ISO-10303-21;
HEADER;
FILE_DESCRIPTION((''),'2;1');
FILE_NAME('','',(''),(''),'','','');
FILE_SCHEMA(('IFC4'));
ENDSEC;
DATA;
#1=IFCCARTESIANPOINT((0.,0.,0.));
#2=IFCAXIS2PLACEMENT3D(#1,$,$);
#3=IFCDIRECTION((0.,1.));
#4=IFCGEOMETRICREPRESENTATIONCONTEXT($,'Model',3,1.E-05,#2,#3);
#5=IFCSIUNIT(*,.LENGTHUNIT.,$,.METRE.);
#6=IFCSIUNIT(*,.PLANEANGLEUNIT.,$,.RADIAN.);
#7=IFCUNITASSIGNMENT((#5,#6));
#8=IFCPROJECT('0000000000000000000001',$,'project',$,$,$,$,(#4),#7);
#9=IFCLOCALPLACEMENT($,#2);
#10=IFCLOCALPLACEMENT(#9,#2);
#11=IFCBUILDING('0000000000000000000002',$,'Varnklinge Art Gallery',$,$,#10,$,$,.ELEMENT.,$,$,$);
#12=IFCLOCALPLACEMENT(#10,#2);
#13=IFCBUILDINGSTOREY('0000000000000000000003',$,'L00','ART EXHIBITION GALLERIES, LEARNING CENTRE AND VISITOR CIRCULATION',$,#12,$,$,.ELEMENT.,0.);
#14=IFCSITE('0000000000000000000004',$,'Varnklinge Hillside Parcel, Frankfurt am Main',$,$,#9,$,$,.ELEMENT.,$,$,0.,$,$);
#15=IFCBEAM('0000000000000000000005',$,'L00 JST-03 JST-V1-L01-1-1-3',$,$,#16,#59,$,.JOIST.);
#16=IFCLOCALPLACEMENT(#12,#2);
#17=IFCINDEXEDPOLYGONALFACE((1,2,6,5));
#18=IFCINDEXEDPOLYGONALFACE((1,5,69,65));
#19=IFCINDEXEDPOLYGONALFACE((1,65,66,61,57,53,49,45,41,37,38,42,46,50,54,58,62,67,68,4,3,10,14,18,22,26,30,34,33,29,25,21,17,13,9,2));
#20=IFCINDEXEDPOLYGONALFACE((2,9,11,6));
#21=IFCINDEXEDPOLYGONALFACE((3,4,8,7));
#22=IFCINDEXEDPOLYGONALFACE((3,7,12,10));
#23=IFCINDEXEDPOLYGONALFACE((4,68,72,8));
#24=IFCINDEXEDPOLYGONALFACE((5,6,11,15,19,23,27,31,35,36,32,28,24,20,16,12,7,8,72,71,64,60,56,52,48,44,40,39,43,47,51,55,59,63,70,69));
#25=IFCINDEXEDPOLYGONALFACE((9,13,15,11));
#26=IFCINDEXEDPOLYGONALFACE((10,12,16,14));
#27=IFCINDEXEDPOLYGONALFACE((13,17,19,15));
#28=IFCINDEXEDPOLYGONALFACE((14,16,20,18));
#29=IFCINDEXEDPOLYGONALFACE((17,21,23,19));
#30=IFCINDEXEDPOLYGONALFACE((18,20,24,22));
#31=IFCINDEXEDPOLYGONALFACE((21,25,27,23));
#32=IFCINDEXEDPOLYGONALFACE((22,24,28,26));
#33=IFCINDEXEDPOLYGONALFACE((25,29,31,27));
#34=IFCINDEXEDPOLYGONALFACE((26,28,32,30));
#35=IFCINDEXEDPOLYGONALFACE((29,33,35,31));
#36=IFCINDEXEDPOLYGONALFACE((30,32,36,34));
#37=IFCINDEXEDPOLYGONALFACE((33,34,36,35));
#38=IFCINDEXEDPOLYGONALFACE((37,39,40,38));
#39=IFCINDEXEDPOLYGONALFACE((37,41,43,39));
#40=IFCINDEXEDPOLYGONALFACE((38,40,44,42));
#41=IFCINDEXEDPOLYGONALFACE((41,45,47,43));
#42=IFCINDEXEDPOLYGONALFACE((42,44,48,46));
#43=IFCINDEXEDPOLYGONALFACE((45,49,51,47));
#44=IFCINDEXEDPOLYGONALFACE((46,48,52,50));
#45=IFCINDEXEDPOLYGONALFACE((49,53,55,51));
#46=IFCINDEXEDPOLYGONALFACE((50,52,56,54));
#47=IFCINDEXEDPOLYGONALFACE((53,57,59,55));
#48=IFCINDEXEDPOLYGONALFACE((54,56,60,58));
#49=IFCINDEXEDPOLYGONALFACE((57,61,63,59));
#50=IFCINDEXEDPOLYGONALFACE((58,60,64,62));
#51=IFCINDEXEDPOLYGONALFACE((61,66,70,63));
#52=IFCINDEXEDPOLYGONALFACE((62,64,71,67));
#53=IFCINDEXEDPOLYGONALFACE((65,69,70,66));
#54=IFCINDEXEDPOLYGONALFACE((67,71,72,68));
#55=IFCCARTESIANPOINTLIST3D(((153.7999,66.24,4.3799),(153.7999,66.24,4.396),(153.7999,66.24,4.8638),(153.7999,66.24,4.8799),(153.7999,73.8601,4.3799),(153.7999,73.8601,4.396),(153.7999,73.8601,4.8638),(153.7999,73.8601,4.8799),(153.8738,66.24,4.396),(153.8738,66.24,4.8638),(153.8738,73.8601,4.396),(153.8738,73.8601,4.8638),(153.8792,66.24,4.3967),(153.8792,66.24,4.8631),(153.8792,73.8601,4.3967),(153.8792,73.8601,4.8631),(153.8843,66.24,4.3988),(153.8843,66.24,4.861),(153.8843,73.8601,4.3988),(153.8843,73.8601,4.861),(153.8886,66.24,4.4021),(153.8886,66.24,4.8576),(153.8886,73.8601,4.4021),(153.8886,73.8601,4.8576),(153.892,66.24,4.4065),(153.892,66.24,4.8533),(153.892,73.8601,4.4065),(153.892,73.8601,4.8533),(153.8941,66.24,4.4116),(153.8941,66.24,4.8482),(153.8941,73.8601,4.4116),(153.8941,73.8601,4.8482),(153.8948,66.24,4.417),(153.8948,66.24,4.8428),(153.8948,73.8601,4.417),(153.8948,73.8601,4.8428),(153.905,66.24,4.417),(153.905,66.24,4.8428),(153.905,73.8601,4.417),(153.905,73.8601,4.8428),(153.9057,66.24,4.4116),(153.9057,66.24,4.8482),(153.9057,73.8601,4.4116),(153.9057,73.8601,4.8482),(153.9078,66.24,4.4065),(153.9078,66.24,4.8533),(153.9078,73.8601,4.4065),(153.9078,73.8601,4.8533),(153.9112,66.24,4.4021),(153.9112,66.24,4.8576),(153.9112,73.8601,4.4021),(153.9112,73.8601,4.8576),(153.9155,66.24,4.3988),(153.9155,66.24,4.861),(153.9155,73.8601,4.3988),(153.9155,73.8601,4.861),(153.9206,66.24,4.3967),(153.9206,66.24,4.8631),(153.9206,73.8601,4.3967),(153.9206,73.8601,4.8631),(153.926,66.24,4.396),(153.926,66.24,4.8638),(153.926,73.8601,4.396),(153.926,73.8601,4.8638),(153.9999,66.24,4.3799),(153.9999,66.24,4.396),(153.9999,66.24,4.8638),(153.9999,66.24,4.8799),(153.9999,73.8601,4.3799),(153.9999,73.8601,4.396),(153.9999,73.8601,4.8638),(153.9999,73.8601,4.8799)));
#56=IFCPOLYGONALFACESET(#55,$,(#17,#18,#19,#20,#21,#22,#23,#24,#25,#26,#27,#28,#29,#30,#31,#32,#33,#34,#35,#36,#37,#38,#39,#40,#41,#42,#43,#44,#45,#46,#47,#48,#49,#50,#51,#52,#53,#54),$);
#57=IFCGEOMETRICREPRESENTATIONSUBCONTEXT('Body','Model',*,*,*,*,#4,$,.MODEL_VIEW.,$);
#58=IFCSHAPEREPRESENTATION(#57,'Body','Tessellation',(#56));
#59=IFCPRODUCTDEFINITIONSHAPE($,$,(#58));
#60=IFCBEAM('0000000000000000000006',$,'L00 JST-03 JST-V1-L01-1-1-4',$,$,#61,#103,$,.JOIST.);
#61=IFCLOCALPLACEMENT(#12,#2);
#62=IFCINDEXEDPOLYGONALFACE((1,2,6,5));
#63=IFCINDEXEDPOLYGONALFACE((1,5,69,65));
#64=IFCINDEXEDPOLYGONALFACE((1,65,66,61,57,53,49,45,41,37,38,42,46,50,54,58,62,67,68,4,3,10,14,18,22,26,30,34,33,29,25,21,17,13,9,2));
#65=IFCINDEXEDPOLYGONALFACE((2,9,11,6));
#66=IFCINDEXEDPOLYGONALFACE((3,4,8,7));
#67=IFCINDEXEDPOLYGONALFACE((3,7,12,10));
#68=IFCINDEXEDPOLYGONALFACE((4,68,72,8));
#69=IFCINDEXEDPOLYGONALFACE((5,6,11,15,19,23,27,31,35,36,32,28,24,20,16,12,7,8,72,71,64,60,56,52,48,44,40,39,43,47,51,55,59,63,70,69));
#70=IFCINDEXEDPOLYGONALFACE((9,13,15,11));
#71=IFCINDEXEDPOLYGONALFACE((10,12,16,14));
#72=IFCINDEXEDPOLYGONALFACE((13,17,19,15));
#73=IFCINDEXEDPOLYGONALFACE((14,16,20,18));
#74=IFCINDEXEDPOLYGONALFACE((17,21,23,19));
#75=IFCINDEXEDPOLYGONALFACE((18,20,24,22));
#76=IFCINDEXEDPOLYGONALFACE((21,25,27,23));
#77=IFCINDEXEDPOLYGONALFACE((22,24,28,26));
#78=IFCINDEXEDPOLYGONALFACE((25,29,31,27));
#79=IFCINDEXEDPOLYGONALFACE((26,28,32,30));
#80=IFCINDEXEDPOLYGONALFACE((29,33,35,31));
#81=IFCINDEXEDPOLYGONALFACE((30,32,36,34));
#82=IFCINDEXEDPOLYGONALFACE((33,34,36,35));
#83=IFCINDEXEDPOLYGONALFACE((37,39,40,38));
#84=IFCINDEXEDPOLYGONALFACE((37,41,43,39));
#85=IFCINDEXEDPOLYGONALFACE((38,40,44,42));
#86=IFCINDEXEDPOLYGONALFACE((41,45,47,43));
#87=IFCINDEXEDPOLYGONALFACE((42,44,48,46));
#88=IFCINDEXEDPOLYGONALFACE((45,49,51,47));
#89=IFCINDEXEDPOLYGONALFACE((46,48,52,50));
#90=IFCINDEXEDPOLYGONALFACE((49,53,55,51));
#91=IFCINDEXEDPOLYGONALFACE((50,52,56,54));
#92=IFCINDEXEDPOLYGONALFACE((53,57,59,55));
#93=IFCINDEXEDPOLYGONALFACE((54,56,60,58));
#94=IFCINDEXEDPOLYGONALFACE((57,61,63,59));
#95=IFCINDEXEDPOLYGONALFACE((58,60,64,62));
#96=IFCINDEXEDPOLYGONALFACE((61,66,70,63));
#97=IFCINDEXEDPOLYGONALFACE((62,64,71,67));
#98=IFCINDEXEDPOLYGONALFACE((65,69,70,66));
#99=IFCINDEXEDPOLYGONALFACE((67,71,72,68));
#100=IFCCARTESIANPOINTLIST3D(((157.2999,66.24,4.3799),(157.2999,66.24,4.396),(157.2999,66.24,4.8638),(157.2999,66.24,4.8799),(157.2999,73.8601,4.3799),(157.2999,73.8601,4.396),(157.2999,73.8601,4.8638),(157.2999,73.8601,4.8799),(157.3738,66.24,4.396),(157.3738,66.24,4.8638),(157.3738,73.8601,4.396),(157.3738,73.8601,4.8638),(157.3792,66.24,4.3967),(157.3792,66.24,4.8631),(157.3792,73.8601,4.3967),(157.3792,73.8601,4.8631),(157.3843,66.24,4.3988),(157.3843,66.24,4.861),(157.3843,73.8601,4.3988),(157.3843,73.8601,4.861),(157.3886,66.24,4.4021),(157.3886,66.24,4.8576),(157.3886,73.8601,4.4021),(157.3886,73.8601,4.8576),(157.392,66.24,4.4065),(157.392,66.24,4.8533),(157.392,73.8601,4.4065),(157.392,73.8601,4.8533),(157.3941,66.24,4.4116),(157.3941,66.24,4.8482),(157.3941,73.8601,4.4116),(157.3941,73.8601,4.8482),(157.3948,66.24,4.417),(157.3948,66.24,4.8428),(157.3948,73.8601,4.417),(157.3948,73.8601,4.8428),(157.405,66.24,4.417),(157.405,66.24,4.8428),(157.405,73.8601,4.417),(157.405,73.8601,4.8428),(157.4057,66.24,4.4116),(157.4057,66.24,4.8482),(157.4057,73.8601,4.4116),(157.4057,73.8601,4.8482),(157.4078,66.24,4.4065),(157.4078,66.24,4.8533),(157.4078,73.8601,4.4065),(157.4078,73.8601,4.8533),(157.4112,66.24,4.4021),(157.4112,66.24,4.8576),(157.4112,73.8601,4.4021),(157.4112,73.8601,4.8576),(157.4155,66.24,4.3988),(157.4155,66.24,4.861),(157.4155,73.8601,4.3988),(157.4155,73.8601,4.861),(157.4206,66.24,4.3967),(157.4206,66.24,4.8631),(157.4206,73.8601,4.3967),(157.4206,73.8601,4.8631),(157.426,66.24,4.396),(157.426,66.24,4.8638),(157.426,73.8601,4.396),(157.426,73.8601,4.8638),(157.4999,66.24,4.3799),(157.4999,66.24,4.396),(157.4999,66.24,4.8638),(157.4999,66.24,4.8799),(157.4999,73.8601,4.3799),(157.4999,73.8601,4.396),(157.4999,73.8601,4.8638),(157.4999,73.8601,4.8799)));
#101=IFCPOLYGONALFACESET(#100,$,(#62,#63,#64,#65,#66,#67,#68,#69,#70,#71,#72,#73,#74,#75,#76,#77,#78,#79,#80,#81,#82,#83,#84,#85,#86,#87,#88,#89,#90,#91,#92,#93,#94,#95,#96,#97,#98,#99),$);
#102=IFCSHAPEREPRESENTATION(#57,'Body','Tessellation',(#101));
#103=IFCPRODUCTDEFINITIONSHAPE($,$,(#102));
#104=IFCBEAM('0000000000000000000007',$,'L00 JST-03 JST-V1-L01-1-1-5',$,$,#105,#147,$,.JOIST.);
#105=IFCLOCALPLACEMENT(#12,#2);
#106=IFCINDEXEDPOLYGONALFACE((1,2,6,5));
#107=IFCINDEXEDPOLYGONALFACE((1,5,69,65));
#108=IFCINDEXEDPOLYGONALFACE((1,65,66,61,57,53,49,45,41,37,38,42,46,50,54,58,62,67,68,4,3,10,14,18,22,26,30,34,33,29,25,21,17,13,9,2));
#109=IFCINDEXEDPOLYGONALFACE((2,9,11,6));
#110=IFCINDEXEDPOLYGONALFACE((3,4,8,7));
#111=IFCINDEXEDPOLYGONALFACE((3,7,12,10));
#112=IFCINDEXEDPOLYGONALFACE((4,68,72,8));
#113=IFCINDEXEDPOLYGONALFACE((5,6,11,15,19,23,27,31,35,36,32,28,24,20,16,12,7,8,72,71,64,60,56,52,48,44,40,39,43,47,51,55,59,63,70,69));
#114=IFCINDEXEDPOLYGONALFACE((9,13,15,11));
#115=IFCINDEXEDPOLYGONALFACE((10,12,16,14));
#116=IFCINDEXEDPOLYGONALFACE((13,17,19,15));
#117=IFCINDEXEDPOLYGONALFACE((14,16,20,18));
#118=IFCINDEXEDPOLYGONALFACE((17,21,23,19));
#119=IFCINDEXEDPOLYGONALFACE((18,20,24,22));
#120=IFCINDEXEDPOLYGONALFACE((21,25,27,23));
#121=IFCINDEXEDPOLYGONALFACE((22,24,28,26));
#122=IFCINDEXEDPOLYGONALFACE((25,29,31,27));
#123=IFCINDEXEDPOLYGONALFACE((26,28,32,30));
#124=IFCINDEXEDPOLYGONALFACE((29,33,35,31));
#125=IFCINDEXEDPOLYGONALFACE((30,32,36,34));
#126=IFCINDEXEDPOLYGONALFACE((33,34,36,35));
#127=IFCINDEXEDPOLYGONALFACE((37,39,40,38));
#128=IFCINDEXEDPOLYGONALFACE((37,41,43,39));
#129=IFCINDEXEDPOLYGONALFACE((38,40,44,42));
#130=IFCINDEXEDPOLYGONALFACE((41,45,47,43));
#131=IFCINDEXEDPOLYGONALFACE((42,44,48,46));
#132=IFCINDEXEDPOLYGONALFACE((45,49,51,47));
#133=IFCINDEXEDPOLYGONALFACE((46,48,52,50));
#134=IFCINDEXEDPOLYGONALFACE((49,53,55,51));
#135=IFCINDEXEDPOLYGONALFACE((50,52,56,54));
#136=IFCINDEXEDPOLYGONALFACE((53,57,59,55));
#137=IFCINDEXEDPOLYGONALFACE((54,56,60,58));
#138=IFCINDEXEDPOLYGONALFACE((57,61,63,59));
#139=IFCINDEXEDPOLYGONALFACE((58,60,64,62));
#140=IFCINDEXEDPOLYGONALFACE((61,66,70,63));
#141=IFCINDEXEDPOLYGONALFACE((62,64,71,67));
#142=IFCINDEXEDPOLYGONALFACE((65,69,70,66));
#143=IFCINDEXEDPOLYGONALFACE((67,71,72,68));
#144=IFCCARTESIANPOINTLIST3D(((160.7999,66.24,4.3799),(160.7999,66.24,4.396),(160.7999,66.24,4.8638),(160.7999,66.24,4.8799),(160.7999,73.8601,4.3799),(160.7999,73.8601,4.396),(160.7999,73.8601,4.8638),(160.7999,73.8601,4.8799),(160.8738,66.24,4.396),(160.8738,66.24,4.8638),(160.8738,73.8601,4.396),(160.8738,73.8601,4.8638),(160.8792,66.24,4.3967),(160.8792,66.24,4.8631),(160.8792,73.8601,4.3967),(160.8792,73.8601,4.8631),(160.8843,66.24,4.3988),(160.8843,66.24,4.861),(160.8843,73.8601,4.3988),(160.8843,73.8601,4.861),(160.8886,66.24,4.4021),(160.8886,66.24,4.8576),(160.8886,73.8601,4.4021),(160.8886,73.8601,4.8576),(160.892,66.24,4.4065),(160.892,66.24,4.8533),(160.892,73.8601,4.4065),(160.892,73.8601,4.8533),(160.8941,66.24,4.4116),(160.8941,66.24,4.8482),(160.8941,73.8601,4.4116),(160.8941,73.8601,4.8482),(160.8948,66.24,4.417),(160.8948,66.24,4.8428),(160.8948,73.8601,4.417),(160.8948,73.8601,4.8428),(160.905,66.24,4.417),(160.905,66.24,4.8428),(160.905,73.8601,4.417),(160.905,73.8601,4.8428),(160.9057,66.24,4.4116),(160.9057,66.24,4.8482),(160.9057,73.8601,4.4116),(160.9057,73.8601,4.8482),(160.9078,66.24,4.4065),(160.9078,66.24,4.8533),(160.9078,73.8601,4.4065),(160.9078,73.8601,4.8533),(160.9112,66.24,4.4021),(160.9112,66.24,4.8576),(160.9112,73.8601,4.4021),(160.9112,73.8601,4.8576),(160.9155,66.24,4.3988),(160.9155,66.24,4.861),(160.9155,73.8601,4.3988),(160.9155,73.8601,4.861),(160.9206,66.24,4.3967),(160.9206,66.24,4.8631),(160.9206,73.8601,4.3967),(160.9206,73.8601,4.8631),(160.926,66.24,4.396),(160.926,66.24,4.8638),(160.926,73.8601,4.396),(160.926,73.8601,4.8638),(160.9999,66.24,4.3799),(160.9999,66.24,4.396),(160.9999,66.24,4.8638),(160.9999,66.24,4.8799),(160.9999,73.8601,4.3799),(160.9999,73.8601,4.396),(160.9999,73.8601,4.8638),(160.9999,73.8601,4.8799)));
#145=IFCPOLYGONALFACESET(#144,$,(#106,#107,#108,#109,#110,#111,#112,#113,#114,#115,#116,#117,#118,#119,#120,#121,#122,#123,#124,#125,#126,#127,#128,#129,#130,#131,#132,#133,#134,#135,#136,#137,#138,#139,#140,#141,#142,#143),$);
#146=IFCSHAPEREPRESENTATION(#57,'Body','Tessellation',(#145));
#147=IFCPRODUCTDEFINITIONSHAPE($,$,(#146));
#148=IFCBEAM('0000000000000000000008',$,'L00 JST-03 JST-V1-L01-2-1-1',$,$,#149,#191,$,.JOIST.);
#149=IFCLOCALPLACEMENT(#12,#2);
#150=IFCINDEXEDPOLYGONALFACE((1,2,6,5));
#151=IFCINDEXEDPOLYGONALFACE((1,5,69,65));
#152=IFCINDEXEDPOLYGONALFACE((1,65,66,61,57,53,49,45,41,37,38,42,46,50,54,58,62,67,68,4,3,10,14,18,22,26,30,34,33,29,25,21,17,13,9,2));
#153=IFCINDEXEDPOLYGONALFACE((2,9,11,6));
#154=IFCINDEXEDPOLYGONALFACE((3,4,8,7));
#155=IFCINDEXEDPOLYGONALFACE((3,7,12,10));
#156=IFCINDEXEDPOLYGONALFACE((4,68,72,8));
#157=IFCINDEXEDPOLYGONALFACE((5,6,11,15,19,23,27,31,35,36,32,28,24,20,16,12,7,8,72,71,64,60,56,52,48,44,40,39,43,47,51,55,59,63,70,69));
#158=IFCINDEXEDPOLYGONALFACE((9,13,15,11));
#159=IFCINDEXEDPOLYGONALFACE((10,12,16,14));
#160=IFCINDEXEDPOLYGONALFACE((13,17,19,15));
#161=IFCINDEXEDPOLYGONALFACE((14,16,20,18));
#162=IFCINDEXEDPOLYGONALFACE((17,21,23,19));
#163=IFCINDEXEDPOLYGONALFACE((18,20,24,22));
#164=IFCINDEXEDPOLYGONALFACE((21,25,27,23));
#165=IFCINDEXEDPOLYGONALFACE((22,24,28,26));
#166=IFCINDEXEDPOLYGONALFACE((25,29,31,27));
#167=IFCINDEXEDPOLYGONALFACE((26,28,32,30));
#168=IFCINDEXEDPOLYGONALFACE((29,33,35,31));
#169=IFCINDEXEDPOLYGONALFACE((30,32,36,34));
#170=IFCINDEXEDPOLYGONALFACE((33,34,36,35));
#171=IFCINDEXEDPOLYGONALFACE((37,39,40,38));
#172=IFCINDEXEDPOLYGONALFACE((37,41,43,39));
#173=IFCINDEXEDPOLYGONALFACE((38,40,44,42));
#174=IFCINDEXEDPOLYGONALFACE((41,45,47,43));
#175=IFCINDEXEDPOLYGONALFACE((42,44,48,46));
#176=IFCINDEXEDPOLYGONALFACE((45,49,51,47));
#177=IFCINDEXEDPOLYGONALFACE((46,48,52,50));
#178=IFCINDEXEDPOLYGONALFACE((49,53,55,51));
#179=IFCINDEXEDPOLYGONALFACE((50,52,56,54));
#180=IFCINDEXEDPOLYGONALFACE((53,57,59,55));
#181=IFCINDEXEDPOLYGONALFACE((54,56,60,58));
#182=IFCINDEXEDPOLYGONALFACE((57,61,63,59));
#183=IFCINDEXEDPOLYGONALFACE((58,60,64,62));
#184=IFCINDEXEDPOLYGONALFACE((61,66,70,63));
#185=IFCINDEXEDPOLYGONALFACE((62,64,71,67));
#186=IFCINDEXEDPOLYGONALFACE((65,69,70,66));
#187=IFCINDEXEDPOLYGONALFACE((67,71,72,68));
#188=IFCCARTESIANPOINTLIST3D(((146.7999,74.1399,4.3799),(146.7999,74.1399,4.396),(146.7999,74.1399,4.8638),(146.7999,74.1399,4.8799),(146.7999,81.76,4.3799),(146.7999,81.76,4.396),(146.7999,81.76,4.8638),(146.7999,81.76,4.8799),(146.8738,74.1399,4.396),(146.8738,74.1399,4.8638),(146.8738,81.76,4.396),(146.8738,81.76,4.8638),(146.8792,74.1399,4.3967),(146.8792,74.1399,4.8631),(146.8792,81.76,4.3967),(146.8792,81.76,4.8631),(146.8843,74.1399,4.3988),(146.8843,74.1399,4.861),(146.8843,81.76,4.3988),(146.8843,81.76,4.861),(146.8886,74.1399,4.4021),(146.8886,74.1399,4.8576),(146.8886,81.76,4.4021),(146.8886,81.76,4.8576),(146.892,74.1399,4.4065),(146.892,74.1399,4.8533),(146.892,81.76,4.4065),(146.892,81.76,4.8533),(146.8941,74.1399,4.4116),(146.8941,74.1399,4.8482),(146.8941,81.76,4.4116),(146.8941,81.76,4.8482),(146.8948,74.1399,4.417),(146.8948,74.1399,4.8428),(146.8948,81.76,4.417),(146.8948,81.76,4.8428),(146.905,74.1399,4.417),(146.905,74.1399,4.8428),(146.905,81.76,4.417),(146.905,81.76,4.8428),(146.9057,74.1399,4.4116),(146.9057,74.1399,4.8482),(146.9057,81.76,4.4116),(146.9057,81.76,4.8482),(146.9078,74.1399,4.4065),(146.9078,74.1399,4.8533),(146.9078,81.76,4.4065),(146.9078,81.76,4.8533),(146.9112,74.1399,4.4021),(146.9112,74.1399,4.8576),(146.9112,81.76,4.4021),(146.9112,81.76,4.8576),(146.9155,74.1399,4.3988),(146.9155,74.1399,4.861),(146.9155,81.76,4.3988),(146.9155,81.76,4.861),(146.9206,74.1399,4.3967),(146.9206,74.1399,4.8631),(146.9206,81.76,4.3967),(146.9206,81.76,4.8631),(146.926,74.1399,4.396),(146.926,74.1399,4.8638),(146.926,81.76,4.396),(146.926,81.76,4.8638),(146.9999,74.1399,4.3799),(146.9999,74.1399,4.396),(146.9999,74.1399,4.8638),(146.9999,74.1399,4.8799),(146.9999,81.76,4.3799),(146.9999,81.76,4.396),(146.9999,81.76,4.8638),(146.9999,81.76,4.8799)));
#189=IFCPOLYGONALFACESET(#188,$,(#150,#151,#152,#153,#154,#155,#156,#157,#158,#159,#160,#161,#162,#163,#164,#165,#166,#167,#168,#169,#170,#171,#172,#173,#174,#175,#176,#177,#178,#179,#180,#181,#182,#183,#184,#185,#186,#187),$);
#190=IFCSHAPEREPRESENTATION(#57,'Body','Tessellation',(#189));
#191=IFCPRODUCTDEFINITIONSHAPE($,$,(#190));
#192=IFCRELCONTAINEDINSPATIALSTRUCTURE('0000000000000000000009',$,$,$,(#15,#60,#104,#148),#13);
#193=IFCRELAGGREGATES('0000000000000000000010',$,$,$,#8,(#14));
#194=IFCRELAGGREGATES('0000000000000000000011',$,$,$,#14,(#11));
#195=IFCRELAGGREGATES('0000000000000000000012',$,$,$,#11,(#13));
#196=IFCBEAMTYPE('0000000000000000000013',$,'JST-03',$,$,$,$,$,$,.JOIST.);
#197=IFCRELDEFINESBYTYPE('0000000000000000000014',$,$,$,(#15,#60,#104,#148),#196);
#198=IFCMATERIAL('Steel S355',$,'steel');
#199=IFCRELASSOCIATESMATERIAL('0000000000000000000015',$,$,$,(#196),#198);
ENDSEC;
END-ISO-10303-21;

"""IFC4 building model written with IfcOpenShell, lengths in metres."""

from ifc_helpers import new_model, si_unit, direction, frame, origin, origin_2d, place, context, subcontext, project, spatial, i_section, extrude, material, material_profile, profile_set, type_object, element, save


model = new_model("IFC4")

# Units and contexts
model_context = context("Model", 3, precision=1e-05, world=origin(), true_north=direction((0.0, 1.0)))
body_context = subcontext(model_context, "Body", "Model", "MODEL_VIEW")
ifc_project = project(units=[si_unit("LENGTHUNIT", "METRE"), si_unit("PLANEANGLEUNIT", "RADIAN")], contexts=[model_context])

# Site, building, storey
site_placement = place(None, origin())
site = spatial("IfcSite", under=ifc_project, at=site_placement, Name="Varnklinge Hillside Parcel, Frankfurt am Main", CompositionType="ELEMENT", RefElevation=0.0)
building_placement = place(site_placement, origin())
building = spatial("IfcBuilding", under=site, at=building_placement, Name="Varnklinge Art Gallery", CompositionType="ELEMENT")
storey_placement = place(building_placement, origin())
storey = spatial("IfcBuildingStorey", under=building, at=storey_placement, Name="L00", Description="ART EXHIBITION GALLERIES, LEARNING CENTRE AND VISITOR CIRCULATION", CompositionType="ELEMENT", Elevation=0.0)

# Beams
ifc_material_1 = material(Name="Steel S355", Category="steel")
ifc_material_profile_1 = material_profile(ifc_material_1, i_section(OverallWidth=0.2, OverallDepth=0.5, WebThickness=0.0103, FlangeThickness=0.0161, FilletRadius=0.021, at=origin_2d()), Name="IPE 500")
ifc_profile_set_1 = profile_set([ifc_material_profile_1], Name="Steel S355")
beam_type_1 = type_object("IfcBeamType", Name="JST-03", PredefinedType="JOIST", material=ifc_profile_set_1)
for number, where, z_axis, x_axis, name in (
    (1, (153.8999, 66.24, 4.6299), (0.0, 1.0, 0.0), (-1.0, 0.0, 0.0), "L00 JST-03 JST-V1-L01-1-1-3"),
    (2, (157.3999, 66.24, 4.6299), (0.0, 1.0, 0.0), (-1.0, 0.0, 0.0), "L00 JST-03 JST-V1-L01-1-1-4"),
    (3, (160.8999, 66.24, 4.6299), (0.0, 1.0, 0.0), (-1.0, 0.0, 0.0), "L00 JST-03 JST-V1-L01-1-1-5"),
    (4, (146.8999, 74.1399, 4.6299), (0.0, 1.0, 0.0), (-1.0, 0.0, 0.0), "L00 JST-03 JST-V1-L01-2-1-1"),
):
    element("IfcBeam", number, at=place(storey_placement, frame(where, z_axis=z_axis, x_axis=x_axis)), inside=storey, type_object=beam_type_1, Name=name, PredefinedType="JOIST", context=body_context, shape_type="SweptSolid", body=[
        extrude(i_section(OverallWidth=0.2, OverallDepth=0.5, WebThickness=0.0103, FlangeThickness=0.0161, FilletRadius=0.021, at=origin_2d()), origin(), (0.0, 0.0, 1.0), 7.6201),
    ])

save(model, "model.ifc")
